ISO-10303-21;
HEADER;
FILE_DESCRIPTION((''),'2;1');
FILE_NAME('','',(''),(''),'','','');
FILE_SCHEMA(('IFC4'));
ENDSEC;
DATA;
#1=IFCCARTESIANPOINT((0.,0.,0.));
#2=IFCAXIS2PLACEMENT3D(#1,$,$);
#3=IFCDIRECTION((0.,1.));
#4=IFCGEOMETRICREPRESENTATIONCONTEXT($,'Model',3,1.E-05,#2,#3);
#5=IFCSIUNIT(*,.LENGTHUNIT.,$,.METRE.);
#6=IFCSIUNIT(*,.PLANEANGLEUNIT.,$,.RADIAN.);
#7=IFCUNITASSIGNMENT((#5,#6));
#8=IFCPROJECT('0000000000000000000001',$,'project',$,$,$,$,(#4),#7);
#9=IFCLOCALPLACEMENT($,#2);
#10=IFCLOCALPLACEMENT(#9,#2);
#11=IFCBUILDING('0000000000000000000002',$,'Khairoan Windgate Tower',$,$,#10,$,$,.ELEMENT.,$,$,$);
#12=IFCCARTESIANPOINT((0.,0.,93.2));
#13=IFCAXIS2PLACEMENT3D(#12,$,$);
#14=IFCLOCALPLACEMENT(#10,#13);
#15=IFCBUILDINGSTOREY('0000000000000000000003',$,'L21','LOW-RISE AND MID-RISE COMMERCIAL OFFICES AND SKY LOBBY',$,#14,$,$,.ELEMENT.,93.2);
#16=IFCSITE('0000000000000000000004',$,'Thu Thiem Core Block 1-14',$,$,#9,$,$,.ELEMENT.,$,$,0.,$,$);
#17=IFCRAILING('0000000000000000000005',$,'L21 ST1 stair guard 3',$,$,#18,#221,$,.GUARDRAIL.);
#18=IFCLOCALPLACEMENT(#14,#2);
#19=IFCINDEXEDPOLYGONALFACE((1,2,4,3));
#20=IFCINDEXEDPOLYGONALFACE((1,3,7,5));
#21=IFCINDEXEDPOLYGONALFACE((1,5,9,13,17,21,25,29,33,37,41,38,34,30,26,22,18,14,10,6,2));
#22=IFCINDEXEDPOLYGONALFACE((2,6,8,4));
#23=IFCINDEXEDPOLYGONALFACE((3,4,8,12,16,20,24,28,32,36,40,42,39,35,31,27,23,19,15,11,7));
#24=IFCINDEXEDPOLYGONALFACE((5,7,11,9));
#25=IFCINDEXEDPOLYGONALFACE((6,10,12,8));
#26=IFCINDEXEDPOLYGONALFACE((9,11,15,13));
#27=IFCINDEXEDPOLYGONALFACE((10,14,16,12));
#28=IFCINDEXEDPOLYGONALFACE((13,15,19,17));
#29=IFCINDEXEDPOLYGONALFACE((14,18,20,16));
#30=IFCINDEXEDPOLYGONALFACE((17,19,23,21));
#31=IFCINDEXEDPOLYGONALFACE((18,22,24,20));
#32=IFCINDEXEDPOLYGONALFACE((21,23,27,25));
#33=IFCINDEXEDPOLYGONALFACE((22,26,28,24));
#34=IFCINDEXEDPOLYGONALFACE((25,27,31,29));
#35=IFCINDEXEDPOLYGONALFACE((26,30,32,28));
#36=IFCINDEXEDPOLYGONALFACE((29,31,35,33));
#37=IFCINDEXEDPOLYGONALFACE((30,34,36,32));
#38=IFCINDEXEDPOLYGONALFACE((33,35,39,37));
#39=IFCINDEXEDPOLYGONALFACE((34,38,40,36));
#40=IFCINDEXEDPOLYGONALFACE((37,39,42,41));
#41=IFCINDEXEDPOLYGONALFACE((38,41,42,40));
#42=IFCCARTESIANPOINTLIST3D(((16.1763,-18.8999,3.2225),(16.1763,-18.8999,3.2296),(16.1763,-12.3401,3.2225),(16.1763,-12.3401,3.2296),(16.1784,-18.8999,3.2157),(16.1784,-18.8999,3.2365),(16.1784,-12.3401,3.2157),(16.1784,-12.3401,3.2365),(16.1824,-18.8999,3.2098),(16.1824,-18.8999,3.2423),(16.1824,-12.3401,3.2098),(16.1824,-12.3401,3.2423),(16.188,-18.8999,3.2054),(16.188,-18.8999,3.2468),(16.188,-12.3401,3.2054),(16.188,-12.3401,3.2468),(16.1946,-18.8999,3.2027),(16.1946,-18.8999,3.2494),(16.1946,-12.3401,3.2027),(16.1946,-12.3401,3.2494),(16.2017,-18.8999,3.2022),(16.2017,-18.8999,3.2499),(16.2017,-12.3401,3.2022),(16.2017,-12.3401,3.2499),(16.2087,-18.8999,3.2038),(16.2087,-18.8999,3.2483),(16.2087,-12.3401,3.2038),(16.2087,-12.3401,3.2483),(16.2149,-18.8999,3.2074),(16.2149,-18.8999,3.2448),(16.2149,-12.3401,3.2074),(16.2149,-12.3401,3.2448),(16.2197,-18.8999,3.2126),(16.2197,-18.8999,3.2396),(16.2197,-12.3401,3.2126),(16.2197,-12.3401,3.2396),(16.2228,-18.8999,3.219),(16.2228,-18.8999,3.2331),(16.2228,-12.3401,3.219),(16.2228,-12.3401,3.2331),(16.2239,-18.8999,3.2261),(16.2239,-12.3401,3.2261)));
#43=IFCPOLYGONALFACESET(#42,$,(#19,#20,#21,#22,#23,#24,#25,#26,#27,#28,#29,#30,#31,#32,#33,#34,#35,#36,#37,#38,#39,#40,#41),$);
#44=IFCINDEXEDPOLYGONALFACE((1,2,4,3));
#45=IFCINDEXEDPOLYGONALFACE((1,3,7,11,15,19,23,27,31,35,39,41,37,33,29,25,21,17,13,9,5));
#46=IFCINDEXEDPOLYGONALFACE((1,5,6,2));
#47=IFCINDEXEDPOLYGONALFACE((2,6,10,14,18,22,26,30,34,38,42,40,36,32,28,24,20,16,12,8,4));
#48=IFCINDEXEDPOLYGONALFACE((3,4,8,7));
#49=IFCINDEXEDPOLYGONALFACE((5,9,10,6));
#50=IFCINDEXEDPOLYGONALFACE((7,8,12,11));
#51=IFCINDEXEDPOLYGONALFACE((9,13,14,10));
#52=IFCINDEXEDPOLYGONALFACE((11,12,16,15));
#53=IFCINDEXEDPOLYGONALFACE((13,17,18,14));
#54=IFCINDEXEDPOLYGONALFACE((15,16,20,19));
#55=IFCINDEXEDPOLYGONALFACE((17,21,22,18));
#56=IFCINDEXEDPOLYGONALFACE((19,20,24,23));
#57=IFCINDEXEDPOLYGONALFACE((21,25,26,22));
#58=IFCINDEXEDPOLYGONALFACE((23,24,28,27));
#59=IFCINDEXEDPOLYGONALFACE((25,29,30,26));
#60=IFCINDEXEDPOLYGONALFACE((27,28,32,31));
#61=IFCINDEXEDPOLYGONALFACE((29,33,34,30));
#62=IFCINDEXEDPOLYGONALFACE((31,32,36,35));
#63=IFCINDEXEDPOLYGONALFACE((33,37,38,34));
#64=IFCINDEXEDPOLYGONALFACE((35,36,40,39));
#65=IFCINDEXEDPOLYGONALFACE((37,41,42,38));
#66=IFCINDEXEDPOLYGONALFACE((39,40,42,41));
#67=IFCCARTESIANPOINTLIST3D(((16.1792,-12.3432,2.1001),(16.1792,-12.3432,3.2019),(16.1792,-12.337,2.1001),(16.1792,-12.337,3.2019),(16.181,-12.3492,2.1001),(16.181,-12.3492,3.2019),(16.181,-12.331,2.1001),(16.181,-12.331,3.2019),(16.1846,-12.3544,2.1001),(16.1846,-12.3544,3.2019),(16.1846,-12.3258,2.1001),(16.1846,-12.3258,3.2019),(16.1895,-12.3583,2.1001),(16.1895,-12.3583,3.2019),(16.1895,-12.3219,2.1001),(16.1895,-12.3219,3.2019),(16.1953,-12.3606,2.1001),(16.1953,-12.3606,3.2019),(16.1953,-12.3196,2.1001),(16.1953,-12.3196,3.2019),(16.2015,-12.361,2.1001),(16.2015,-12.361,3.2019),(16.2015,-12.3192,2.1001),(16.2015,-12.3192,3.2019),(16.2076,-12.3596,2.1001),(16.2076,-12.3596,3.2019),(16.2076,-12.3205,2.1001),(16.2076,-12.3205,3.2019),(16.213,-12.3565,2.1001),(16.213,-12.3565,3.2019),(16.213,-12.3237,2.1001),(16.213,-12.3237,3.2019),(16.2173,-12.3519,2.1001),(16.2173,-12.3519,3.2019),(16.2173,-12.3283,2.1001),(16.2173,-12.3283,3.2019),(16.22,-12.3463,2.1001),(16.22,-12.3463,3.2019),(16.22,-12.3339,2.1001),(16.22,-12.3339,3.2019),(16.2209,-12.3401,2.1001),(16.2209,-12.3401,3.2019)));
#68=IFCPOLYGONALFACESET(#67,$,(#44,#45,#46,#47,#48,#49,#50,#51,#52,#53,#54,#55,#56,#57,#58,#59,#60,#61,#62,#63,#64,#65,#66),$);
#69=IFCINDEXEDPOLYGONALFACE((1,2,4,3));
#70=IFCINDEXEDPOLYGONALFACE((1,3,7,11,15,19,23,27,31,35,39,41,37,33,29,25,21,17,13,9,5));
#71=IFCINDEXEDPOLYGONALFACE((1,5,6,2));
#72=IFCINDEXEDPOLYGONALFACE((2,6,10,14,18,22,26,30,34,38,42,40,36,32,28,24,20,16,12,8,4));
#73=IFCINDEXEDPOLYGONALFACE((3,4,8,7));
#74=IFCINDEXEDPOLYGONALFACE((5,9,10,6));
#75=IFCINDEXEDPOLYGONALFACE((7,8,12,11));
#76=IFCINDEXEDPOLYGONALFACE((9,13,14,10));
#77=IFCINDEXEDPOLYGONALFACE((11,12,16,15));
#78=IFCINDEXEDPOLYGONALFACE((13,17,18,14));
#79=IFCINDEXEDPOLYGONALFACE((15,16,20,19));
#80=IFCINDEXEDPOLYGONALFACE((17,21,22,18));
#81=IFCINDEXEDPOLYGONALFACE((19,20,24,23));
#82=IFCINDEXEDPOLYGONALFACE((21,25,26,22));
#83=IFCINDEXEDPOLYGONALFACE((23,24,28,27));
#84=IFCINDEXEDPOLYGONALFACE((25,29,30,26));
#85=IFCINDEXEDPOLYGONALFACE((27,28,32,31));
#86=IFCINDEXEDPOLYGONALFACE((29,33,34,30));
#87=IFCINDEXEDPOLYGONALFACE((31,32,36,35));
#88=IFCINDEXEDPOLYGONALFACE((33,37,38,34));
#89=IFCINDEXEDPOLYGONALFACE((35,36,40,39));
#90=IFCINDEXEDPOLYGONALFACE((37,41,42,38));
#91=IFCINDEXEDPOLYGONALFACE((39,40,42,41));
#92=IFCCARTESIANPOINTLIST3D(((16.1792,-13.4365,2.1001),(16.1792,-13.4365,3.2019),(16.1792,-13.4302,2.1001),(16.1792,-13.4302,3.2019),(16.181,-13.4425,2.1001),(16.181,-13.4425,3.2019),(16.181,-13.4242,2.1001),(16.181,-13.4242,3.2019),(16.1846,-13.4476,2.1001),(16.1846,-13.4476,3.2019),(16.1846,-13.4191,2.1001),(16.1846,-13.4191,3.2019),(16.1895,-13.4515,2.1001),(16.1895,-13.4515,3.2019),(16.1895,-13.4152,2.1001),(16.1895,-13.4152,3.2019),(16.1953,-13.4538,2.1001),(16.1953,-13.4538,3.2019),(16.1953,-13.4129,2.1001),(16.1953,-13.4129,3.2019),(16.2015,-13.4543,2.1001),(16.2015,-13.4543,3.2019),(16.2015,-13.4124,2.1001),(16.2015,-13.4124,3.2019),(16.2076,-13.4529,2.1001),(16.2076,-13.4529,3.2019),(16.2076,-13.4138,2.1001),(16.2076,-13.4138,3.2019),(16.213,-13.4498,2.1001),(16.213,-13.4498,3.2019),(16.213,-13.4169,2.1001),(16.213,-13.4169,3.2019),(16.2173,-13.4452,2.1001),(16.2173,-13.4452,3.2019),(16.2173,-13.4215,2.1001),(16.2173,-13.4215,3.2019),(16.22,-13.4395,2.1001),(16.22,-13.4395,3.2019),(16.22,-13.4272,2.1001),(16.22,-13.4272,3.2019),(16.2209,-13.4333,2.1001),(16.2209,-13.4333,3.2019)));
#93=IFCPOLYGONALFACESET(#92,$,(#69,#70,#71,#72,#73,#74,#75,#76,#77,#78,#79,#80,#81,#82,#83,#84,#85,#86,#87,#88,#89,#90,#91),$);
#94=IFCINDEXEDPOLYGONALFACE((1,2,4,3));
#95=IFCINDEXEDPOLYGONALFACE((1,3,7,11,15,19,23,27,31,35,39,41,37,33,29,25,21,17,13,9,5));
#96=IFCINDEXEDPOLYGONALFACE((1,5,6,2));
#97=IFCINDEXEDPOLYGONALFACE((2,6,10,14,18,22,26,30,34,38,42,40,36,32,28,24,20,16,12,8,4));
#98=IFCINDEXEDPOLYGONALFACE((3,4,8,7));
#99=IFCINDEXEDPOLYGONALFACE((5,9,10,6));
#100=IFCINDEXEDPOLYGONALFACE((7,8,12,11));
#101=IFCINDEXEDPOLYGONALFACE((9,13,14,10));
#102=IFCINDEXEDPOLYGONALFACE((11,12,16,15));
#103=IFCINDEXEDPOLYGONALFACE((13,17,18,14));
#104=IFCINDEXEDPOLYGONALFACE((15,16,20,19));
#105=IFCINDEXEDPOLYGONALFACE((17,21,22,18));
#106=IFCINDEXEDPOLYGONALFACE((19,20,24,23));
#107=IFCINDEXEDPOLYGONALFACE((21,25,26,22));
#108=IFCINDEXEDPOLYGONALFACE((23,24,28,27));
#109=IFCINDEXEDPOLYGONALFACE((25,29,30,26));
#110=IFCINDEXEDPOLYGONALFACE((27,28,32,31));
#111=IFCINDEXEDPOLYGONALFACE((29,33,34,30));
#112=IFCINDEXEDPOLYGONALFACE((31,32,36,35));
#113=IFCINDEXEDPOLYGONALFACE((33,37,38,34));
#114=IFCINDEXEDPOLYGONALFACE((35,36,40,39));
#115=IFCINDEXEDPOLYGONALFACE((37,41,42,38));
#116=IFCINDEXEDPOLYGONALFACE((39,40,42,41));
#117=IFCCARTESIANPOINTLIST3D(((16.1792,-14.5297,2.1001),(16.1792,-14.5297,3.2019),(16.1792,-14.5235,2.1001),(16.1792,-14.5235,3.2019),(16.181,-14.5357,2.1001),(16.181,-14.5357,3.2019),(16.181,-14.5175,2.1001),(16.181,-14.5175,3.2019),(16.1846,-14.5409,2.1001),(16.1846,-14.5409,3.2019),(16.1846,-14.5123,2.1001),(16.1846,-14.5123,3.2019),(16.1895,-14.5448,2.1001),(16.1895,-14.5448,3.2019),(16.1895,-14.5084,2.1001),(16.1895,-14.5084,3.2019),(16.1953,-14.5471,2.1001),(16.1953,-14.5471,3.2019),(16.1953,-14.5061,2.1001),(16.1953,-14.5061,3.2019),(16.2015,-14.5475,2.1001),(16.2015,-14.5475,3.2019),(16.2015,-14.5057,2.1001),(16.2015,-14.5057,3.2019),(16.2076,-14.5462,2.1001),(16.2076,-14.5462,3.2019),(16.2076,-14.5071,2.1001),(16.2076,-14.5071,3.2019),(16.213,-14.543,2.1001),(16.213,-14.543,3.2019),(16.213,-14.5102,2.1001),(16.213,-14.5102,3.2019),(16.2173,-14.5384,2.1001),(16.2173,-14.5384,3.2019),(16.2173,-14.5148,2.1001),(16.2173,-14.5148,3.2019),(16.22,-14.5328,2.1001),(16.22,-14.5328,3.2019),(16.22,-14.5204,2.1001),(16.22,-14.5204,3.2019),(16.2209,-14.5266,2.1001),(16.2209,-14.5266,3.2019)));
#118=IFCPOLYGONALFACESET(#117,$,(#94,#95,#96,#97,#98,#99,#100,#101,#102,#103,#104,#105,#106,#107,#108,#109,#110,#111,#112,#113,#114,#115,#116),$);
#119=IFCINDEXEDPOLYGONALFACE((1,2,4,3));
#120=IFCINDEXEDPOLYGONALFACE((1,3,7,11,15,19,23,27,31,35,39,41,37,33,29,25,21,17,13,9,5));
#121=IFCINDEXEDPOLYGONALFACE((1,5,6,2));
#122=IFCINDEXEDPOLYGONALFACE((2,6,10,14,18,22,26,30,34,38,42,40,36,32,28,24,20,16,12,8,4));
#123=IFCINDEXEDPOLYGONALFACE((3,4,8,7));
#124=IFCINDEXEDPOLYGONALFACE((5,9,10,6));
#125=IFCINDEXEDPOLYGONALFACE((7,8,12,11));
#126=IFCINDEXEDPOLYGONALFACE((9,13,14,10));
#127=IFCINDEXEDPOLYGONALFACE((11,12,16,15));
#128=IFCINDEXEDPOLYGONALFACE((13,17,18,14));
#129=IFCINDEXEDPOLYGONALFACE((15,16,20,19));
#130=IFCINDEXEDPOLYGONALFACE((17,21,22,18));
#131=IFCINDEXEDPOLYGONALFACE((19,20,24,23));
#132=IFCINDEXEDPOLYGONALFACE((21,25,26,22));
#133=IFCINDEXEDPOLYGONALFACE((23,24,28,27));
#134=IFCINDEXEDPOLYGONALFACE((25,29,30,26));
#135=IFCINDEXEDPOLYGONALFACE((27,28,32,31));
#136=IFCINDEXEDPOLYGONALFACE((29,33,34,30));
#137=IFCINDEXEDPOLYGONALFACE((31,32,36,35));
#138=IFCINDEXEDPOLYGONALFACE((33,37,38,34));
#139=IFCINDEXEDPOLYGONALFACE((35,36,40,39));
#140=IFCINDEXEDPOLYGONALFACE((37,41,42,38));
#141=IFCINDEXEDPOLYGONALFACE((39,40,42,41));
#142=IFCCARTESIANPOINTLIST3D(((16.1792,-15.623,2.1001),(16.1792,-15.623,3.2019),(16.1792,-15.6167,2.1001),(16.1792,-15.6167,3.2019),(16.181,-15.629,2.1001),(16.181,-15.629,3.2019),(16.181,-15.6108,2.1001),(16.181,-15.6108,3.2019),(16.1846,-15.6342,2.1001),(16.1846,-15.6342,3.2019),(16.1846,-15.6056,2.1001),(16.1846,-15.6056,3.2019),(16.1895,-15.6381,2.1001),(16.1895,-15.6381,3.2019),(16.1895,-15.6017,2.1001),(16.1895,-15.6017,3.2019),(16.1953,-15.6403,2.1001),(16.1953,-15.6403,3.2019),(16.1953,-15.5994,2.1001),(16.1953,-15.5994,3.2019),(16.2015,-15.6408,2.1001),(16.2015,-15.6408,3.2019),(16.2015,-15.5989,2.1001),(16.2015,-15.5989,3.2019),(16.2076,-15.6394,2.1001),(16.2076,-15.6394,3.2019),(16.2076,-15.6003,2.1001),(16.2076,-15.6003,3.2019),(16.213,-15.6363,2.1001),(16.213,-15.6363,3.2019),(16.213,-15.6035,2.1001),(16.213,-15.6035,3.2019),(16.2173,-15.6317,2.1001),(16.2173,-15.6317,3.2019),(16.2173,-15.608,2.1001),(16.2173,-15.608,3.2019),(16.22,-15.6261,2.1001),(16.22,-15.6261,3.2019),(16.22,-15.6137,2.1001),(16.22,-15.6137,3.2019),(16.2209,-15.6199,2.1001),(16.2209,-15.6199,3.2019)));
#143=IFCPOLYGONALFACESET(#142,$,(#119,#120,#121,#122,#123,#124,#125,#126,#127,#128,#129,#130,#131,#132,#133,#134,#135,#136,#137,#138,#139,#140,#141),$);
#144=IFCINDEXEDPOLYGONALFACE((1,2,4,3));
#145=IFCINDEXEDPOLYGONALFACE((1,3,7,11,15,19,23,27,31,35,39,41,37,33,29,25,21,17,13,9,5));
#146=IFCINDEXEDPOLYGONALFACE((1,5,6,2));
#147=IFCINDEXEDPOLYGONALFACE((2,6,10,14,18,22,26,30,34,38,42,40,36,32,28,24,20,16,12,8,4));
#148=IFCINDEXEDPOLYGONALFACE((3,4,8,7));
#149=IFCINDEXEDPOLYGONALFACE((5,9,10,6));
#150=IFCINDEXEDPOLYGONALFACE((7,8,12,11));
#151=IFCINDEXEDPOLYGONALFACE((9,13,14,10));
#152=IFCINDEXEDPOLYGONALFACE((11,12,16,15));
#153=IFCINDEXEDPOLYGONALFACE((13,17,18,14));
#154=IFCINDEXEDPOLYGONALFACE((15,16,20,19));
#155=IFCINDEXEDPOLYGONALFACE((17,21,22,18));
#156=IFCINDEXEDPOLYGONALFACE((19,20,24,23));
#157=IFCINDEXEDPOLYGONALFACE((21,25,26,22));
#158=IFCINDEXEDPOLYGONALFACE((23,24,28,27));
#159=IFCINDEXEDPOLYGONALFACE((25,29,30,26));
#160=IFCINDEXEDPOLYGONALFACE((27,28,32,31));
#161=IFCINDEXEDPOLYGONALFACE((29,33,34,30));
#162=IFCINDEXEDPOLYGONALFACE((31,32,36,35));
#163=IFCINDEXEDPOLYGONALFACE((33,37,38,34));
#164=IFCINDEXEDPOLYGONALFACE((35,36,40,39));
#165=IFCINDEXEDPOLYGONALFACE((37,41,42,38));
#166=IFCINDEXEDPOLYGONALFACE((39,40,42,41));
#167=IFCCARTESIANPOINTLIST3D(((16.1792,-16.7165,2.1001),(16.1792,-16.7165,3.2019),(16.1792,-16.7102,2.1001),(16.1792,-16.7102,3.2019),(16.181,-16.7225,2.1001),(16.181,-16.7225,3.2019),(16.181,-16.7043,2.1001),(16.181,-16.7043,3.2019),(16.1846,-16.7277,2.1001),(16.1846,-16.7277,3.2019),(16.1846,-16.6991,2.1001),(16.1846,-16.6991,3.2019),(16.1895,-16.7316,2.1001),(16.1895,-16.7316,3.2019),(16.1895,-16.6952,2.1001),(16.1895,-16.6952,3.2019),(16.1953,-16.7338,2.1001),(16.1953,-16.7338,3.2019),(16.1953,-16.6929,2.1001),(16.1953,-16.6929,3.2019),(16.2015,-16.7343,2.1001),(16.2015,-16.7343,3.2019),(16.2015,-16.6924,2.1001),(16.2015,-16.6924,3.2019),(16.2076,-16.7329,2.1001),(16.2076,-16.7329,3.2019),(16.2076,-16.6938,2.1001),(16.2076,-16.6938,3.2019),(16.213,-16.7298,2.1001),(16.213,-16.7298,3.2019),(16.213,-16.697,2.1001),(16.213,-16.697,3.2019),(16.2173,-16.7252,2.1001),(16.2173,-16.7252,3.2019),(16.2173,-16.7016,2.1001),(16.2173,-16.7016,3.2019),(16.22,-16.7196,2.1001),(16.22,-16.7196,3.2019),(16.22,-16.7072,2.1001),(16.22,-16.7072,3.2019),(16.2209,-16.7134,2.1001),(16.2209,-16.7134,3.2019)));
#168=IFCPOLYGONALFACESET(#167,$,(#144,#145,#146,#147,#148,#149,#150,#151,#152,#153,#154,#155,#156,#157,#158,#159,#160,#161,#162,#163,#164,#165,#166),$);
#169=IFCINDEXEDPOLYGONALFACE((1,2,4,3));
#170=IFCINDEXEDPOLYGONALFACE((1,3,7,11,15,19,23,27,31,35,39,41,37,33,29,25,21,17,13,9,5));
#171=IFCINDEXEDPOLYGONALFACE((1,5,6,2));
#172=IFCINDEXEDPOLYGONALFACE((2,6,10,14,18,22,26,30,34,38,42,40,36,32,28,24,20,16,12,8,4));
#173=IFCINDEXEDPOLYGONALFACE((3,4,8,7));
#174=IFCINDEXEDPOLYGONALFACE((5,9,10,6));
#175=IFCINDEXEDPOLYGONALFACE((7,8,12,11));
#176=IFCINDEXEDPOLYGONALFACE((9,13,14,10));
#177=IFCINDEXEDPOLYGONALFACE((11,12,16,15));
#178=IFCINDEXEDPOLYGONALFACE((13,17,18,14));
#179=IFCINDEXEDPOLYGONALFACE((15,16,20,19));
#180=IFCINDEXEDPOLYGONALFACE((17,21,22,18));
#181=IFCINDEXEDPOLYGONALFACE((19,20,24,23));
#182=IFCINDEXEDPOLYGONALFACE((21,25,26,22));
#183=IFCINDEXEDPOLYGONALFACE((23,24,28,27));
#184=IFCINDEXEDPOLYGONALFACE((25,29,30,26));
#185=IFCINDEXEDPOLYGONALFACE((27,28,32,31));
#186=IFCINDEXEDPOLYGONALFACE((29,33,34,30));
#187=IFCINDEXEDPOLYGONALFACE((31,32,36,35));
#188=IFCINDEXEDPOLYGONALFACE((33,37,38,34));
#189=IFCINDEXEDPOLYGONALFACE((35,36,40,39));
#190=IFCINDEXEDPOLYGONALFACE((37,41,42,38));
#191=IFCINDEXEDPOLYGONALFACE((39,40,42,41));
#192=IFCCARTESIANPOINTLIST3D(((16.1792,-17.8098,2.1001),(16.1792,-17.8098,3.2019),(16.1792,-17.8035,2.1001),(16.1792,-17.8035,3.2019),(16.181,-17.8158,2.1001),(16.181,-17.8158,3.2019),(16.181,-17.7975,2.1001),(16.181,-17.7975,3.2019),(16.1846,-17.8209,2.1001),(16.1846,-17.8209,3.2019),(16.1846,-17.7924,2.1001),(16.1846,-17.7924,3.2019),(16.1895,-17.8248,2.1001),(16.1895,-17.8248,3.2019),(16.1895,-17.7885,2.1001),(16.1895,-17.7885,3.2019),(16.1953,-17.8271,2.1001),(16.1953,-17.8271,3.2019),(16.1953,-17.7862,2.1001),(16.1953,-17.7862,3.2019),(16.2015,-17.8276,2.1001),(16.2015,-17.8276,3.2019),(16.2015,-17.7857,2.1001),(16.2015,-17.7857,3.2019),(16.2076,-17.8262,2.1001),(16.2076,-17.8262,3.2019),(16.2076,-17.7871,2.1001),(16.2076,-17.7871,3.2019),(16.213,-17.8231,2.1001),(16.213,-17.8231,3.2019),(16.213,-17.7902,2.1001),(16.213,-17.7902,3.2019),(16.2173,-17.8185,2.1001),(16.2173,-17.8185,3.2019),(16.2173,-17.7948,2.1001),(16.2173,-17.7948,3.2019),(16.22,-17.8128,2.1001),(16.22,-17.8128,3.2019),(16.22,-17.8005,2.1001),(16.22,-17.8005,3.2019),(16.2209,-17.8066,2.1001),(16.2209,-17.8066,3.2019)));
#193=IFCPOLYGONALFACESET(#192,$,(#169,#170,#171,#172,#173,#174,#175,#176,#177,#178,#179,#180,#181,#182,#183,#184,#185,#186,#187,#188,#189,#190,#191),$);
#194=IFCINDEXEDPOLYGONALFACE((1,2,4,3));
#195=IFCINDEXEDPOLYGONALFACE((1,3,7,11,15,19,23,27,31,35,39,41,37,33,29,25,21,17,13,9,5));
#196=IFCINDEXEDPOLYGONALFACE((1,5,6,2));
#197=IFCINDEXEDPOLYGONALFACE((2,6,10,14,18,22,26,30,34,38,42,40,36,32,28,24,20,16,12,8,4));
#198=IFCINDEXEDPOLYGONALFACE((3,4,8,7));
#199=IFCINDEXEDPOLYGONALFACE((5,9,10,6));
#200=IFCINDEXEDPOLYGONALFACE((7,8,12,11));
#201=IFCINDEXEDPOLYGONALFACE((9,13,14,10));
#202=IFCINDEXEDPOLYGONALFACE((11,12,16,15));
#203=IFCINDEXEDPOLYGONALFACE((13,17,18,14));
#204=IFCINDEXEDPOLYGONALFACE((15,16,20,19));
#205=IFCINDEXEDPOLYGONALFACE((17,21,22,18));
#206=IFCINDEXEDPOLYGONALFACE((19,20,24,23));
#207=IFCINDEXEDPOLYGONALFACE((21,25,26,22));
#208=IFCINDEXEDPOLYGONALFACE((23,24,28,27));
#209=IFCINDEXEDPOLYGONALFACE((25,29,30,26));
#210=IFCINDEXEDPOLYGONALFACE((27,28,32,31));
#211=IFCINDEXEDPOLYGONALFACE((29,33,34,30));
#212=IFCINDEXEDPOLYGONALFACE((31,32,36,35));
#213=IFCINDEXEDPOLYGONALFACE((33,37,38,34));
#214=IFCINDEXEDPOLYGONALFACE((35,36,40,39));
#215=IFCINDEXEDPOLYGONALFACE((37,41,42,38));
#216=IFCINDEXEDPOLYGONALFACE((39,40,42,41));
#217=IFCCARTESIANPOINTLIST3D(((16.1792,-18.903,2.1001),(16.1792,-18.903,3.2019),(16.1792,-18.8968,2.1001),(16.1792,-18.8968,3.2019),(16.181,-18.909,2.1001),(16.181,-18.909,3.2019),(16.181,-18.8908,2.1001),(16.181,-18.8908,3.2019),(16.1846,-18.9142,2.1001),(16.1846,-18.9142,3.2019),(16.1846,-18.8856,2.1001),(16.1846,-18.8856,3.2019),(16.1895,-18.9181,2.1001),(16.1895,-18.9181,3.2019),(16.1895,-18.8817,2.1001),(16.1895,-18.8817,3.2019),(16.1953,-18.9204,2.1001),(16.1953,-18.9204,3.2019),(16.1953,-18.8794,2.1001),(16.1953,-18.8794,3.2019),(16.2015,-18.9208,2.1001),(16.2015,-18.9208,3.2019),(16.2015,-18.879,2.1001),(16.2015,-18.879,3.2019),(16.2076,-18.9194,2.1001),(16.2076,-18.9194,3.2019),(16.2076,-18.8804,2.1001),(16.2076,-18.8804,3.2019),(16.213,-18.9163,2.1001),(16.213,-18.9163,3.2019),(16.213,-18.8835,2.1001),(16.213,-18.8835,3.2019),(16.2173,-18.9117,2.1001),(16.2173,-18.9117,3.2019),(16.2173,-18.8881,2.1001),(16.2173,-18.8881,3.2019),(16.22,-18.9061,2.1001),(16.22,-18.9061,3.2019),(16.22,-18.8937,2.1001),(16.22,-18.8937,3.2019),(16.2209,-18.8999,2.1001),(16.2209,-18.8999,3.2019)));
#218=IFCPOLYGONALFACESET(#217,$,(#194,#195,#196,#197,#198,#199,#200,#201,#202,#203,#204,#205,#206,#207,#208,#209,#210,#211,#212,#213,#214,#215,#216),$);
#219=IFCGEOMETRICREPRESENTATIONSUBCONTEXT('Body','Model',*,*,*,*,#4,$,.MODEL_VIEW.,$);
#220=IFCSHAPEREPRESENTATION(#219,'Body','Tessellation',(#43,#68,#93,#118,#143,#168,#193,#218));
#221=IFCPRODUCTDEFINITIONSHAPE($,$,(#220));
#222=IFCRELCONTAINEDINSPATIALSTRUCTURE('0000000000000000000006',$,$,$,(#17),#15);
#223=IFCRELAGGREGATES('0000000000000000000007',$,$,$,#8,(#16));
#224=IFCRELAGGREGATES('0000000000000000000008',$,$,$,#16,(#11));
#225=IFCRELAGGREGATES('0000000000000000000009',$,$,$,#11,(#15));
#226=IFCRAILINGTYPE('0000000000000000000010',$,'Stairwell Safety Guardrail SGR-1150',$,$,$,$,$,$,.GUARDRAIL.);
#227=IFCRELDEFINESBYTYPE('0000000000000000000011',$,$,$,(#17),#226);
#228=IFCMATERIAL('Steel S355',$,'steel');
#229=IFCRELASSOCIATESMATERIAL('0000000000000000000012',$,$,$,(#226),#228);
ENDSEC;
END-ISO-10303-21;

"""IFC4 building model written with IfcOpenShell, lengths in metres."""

from ifc_helpers import new_model, si_unit, direction, frame, origin, origin_2d, place, context, subcontext, project, spatial, circle, extrude, material, type_object, element, save


model = new_model("IFC4")

# Units and contexts
model_context = context("Model", 3, precision=1e-05, world=origin(), true_north=direction((0.0, 1.0)))
body_context = subcontext(model_context, "Body", "Model", "MODEL_VIEW")
ifc_project = project(units=[si_unit("LENGTHUNIT", "METRE"), si_unit("PLANEANGLEUNIT", "RADIAN")], contexts=[model_context])

# Site, building, storey
site_placement = place(None, origin())
site = spatial("IfcSite", under=ifc_project, at=site_placement, Name="Thu Thiem Core Block 1-14", CompositionType="ELEMENT", RefElevation=0.0)
building_placement = place(site_placement, origin())
building = spatial("IfcBuilding", under=site, at=building_placement, Name="Khairoan Windgate Tower", CompositionType="ELEMENT")
storey_placement = place(building_placement, frame((0.0, 0.0, 93.2)))
storey = spatial("IfcBuildingStorey", under=building, at=storey_placement, Name="L21", Description="LOW-RISE AND MID-RISE COMMERCIAL OFFICES AND SKY LOBBY", CompositionType="ELEMENT", Elevation=93.2)

# Railing
ifc_material_1 = material(Name="Steel S355", Category="steel")
railing_type = type_object("IfcRailingType", Name="Stairwell Safety Guardrail SGR-1150", PredefinedType="GUARDRAIL", material=ifc_material_1)
railing_1_placement = place(storey_placement, frame((16.2, -12.3401, 2.1001)))
element("IfcRailing", 1, at=railing_1_placement, inside=storey, type_object=railing_type, Name="L21 ST1 stair guard 3", PredefinedType="GUARDRAIL", context=body_context, shape_type="SweptSolid", body=[
    extrude(circle(Radius=0.0239, at=origin_2d()), frame((0.0, 0.0, 1.126), z_axis=(0.0, -1.0, 0.0), x_axis=(1.0, 0.0, 0.0)), (0.0, 0.0, 1.0), 6.5598),
    extrude(circle(Radius=0.021, at=origin_2d()), origin(), (0.0, 0.0, 1.0), 1.1018),
    extrude(circle(Radius=0.021, at=origin_2d()), frame((0.0, -1.0933, 0.0)), (0.0, 0.0, 1.0), 1.1018),
    extrude(circle(Radius=0.021, at=origin_2d()), frame((0.0, -2.1865, 0.0)), (0.0, 0.0, 1.0), 1.1018),
    extrude(circle(Radius=0.021, at=origin_2d()), frame((0.0, -3.2798, 0.0)), (0.0, 0.0, 1.0), 1.1018),
    extrude(circle(Radius=0.021, at=origin_2d()), frame((0.0, -4.3733, 0.0)), (0.0, 0.0, 1.0), 1.1018),
    extrude(circle(Radius=0.021, at=origin_2d()), frame((0.0, -5.4666, 0.0)), (0.0, 0.0, 1.0), 1.1018),
    extrude(circle(Radius=0.021, at=origin_2d()), frame((0.0, -6.5598, 0.0)), (0.0, 0.0, 1.0), 1.1018),
])

save(model, "model.ifc")
